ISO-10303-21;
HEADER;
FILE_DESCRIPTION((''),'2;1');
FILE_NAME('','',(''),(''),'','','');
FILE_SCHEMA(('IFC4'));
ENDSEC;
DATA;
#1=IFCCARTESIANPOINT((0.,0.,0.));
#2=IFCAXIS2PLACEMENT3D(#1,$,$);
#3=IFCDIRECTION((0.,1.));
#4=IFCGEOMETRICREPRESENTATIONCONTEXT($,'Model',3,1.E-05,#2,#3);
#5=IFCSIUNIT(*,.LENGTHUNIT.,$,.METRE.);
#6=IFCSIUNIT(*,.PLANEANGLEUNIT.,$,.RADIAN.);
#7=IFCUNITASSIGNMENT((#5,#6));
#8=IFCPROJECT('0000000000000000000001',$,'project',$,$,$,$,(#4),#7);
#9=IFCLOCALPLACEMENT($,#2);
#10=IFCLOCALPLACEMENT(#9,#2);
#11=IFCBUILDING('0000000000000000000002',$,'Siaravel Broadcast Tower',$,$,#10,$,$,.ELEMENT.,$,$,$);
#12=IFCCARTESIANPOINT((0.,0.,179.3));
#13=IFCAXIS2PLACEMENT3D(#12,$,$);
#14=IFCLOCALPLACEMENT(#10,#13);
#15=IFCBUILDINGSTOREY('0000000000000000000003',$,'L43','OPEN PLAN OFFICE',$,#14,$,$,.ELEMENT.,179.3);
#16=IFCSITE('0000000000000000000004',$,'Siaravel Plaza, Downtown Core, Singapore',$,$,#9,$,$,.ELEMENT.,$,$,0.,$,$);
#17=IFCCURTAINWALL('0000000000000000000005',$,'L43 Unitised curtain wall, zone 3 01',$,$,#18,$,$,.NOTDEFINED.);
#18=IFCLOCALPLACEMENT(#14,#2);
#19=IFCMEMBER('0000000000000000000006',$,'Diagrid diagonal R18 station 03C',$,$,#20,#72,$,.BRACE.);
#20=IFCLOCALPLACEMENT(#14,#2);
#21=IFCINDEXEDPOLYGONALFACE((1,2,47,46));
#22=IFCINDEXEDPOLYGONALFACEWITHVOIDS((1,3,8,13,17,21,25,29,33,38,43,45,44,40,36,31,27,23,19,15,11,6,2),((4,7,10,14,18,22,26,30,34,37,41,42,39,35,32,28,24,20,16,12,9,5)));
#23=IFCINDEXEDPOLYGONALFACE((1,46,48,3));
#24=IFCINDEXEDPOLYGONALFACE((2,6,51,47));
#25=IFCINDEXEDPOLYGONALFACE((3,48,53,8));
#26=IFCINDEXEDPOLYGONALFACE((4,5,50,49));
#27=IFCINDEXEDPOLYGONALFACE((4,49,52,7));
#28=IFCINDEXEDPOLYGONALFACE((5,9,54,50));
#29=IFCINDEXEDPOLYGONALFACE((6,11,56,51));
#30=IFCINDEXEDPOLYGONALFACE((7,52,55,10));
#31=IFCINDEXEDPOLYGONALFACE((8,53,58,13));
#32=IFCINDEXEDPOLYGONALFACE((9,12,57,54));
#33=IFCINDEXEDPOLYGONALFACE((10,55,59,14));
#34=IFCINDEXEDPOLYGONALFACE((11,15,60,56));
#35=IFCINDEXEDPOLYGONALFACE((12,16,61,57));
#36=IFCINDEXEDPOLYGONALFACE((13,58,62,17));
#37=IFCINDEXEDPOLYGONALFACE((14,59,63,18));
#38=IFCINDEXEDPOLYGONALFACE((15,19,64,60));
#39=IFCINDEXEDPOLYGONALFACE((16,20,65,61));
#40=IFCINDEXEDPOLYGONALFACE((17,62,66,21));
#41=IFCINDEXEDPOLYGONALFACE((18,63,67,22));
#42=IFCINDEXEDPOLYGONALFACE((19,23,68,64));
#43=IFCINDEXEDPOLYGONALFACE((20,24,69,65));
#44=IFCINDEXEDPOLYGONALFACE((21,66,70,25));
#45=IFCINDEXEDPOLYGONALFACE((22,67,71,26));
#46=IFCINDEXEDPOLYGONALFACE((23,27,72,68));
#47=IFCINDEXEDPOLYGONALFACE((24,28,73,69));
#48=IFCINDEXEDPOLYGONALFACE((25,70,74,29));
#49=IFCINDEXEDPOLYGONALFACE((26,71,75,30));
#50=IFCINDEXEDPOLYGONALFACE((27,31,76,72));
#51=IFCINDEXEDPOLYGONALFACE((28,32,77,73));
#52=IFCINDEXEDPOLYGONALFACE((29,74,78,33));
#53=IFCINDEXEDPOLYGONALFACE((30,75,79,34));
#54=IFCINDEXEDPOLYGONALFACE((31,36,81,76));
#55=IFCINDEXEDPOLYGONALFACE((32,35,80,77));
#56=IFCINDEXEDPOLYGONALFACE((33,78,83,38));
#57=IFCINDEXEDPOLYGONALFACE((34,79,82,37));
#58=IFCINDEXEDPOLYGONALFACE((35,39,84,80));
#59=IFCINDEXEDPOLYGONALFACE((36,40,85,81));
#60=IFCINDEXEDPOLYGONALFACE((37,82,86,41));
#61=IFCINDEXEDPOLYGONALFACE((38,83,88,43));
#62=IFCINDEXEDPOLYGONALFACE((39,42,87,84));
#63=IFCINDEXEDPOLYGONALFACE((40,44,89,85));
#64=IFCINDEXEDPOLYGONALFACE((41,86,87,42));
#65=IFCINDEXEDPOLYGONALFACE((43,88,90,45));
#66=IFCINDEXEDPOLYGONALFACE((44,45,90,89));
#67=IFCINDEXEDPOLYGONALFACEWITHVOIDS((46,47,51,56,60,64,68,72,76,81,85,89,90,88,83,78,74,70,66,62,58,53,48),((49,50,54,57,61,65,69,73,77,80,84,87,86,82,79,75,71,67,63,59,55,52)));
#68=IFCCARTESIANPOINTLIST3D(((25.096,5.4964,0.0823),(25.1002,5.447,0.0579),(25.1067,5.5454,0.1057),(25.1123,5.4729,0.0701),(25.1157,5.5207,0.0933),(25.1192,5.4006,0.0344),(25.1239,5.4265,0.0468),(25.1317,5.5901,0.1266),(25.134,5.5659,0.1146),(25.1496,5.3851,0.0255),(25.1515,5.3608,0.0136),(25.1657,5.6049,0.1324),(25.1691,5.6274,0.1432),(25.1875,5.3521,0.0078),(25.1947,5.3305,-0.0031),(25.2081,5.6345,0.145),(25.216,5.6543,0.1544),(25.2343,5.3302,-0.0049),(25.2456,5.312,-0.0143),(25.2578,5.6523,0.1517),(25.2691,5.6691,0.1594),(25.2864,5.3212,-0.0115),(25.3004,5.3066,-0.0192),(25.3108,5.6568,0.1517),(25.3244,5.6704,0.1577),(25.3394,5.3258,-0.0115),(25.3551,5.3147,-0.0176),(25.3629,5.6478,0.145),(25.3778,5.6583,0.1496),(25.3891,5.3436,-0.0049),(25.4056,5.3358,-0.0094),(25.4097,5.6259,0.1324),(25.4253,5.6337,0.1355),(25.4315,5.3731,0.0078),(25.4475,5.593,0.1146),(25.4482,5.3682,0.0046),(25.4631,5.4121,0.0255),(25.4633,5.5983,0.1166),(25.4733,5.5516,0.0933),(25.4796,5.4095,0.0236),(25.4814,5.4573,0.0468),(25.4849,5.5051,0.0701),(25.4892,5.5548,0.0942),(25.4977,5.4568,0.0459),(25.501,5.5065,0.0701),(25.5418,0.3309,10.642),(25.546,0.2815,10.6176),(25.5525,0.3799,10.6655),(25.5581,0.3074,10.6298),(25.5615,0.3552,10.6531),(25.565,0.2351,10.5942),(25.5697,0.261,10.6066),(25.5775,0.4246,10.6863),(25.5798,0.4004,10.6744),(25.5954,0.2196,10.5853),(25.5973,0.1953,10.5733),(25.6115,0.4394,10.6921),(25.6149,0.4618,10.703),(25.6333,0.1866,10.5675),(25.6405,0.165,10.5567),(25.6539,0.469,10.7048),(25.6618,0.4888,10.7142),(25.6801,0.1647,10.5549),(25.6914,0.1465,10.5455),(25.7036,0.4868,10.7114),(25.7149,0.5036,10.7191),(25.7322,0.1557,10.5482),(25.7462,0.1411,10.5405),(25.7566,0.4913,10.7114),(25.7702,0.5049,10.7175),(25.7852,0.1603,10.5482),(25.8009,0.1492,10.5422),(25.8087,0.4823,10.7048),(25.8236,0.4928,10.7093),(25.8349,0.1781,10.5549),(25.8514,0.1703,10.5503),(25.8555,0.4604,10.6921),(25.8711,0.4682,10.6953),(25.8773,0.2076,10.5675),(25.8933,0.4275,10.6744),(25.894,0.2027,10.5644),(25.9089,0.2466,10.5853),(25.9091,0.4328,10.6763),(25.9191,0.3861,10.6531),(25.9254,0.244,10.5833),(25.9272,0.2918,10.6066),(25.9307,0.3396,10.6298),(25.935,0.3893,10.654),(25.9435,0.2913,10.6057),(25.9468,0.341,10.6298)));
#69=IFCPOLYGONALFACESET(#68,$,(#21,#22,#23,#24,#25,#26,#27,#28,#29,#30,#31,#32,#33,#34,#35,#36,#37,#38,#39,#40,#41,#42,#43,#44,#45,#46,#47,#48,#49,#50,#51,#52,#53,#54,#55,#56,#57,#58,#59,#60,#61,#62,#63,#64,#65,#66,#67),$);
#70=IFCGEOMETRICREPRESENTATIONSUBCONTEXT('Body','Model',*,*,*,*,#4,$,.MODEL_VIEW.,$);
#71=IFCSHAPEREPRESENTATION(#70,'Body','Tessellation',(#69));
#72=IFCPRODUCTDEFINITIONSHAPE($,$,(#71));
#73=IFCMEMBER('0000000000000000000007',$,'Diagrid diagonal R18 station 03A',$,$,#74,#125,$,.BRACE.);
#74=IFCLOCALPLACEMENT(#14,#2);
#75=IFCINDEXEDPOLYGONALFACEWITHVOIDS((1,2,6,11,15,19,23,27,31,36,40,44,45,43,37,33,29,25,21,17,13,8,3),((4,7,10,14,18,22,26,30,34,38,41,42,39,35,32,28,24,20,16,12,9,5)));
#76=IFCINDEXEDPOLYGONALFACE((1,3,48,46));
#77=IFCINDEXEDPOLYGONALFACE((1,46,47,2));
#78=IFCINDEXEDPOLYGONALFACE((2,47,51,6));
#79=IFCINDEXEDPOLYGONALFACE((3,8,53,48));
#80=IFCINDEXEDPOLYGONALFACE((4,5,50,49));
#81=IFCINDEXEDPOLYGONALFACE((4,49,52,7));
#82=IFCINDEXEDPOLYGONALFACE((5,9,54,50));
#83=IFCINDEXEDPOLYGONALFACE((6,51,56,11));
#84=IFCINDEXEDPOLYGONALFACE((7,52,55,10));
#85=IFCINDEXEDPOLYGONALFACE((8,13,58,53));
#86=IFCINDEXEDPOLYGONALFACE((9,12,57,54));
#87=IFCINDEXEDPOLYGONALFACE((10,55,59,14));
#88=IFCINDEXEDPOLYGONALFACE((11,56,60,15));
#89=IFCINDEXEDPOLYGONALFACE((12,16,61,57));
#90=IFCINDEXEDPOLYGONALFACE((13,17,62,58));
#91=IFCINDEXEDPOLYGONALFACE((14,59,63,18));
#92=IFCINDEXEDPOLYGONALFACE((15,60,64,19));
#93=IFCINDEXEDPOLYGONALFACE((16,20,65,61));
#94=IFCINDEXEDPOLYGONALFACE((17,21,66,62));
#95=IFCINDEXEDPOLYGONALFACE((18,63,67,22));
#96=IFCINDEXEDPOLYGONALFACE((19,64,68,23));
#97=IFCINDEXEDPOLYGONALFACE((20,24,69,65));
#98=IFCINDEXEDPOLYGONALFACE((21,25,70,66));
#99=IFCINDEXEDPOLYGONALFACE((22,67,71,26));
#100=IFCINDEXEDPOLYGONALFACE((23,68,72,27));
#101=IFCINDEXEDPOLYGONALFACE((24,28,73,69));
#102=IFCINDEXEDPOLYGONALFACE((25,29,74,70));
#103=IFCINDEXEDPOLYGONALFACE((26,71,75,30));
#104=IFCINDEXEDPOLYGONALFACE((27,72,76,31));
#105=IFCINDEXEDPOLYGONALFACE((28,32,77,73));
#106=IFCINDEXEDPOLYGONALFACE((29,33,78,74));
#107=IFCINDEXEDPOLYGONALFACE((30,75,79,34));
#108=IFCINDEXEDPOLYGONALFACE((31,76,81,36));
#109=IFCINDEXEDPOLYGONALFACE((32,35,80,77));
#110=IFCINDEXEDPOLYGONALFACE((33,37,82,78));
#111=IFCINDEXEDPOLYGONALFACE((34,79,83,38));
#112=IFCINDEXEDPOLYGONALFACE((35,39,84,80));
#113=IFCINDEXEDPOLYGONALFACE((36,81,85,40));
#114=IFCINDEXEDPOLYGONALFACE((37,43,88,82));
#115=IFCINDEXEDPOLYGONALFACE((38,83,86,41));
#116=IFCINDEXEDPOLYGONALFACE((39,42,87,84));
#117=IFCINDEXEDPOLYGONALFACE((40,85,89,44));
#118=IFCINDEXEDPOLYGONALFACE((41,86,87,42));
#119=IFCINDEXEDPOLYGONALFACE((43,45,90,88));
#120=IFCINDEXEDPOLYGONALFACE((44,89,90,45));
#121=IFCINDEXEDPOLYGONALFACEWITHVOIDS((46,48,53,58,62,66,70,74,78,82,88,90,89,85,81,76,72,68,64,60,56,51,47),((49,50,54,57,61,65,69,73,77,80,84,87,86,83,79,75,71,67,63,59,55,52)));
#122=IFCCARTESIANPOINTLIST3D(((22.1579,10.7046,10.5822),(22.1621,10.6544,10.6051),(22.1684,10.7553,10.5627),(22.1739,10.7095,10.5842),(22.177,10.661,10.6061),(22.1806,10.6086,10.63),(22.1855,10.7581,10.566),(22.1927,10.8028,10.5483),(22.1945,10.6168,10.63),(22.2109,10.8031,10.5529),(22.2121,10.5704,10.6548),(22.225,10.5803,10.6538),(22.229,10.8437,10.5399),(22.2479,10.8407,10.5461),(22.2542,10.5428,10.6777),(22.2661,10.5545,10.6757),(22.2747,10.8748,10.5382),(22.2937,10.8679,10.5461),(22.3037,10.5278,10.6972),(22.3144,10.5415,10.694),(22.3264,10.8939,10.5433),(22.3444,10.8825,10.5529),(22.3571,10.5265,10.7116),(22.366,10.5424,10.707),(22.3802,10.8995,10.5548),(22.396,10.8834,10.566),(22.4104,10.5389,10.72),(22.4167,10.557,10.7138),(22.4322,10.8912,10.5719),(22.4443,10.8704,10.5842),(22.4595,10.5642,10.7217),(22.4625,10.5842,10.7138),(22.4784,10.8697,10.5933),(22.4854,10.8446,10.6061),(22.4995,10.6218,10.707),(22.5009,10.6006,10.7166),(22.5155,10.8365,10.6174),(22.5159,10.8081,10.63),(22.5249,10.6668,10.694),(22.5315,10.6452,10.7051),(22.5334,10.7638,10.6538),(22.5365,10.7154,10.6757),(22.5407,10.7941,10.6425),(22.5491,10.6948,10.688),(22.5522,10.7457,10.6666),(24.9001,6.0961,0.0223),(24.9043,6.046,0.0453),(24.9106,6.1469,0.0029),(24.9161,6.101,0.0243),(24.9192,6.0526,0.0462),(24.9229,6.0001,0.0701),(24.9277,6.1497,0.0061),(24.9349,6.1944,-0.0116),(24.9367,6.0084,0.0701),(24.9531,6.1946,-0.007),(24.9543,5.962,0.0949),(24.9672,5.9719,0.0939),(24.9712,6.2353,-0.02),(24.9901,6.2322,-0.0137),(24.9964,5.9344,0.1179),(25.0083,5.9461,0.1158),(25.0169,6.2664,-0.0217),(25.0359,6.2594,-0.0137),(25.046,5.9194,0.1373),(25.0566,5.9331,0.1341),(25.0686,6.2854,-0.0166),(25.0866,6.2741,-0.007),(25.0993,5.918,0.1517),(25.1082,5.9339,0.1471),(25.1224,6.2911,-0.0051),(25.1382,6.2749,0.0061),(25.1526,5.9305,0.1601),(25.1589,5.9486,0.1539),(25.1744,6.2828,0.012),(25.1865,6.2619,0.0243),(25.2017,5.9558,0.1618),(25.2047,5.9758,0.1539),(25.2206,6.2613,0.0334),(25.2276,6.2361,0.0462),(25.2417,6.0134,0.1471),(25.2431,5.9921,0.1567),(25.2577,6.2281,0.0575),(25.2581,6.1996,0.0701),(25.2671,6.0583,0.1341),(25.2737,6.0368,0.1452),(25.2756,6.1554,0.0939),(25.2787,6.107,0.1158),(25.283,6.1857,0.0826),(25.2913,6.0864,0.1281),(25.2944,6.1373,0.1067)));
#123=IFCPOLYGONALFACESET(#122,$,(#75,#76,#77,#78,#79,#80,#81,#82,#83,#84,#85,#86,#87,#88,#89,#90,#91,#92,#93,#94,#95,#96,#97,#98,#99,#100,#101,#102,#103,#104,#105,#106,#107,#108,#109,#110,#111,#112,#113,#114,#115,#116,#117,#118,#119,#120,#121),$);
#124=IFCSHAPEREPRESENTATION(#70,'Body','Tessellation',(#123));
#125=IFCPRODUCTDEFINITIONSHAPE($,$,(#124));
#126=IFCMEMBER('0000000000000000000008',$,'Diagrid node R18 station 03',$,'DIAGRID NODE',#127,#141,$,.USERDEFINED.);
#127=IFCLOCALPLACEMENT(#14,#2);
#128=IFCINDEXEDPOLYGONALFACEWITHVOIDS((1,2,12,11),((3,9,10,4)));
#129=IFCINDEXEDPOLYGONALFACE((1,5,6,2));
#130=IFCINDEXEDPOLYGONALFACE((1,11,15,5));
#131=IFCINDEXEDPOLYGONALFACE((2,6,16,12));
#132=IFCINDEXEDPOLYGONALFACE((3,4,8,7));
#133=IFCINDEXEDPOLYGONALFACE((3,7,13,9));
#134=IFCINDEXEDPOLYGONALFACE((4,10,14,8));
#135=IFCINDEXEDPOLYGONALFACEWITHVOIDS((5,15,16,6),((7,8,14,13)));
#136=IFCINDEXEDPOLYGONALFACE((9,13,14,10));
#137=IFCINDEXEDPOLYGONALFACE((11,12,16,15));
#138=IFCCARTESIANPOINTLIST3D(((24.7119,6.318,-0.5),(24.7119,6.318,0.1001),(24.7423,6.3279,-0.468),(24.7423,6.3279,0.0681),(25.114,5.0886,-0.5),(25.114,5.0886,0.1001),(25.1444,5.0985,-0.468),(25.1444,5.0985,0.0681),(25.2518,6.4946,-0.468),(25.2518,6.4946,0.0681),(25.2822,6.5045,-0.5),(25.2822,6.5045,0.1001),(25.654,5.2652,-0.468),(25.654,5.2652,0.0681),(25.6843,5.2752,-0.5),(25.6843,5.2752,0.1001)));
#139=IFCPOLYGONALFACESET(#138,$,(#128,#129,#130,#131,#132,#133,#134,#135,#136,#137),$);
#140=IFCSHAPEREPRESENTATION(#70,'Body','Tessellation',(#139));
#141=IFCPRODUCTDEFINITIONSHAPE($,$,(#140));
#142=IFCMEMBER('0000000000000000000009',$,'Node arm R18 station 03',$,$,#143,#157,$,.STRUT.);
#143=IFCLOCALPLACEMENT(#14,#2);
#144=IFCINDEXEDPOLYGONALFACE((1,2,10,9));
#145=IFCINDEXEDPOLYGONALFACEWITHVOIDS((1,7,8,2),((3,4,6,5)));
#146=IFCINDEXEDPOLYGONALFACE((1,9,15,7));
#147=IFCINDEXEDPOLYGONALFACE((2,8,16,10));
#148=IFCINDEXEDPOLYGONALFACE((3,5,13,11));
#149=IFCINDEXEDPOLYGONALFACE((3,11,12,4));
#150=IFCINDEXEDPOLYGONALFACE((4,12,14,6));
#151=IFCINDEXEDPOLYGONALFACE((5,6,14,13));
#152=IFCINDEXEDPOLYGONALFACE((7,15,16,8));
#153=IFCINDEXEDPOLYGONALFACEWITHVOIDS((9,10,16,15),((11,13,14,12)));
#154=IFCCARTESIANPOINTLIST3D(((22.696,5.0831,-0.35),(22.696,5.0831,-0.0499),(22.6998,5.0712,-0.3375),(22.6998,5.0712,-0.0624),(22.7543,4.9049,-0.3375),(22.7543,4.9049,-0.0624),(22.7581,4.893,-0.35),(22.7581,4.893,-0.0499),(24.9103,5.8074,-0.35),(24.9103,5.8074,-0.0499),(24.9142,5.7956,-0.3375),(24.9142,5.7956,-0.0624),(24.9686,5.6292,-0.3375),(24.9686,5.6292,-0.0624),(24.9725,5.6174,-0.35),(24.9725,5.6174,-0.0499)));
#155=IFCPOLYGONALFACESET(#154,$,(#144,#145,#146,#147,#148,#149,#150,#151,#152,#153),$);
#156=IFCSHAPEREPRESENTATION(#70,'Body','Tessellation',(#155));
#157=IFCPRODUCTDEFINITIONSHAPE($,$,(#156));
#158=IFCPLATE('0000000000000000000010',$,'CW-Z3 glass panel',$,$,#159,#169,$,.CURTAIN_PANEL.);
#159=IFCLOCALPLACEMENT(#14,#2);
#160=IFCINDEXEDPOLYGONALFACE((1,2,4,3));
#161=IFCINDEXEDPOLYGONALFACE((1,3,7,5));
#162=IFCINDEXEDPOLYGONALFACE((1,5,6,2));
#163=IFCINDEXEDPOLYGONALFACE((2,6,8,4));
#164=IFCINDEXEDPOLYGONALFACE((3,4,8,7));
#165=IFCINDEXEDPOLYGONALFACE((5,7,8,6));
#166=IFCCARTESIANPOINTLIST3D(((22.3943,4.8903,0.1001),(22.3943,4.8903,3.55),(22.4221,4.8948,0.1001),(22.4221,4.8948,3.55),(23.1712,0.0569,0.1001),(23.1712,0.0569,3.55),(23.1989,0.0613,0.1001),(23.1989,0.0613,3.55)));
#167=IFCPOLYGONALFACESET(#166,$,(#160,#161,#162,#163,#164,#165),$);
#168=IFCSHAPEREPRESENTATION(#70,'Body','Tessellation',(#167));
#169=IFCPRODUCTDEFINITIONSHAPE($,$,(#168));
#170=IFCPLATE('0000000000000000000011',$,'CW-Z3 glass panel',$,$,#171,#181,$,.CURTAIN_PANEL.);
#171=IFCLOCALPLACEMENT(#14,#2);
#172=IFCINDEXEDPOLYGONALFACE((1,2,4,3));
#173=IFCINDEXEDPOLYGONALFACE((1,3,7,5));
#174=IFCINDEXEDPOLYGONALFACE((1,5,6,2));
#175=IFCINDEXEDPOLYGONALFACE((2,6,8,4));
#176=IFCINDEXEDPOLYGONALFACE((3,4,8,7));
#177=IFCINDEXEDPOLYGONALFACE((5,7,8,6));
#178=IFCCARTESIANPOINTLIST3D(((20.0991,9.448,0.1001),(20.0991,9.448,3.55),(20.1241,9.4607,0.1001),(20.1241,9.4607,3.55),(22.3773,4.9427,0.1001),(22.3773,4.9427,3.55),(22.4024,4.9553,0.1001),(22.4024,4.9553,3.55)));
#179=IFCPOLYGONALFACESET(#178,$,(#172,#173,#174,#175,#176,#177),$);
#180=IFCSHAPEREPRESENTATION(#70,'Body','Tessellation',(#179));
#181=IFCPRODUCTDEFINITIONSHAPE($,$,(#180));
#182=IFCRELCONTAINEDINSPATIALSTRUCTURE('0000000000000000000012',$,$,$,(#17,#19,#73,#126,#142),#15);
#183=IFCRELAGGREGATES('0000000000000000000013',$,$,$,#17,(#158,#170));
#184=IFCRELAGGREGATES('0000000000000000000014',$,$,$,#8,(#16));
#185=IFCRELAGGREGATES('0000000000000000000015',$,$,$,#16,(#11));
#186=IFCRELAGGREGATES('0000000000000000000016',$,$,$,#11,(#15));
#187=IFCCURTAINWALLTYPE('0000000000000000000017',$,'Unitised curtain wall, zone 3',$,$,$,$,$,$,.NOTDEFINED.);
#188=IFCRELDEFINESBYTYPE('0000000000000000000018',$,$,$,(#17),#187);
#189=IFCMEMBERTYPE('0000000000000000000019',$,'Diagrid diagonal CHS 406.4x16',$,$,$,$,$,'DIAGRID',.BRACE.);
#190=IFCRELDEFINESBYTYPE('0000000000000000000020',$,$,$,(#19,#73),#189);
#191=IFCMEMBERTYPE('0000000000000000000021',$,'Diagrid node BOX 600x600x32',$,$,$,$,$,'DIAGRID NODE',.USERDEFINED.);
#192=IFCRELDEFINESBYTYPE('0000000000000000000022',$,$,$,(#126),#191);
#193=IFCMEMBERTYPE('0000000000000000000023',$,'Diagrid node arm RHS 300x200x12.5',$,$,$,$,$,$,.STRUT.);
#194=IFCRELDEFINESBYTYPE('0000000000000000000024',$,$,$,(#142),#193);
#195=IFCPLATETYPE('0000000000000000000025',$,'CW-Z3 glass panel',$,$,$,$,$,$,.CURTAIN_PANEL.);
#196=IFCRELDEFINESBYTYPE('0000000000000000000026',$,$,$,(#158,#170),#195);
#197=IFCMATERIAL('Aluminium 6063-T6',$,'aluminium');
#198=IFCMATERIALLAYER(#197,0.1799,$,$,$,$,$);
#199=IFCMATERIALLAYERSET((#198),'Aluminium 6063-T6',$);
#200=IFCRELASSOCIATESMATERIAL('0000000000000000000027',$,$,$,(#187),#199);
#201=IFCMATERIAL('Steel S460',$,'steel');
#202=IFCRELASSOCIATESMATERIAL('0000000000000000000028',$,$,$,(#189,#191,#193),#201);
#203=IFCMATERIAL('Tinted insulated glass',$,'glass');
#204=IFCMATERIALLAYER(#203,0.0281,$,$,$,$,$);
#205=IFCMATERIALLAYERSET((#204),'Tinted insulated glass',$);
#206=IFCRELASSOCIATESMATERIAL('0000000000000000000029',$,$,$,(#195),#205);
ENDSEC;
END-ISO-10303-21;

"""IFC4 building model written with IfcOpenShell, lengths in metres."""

from ifc_helpers import new_model, si_unit, direction, frame, origin, origin_2d, place, context, subcontext, project, spatial, rectangle, hollow_rectangle, hollow_circle, extrude, material, layer, layer_set, material_profile, profile_set, type_object, element, aggregate, save


model = new_model("IFC4")

# Units and contexts
model_context = context("Model", 3, precision=1e-05, world=origin(), true_north=direction((0.0, 1.0)))
body_context = subcontext(model_context, "Body", "Model", "MODEL_VIEW")
ifc_project = project(units=[si_unit("LENGTHUNIT", "METRE"), si_unit("PLANEANGLEUNIT", "RADIAN")], contexts=[model_context])

# Site, building, storey
site_placement = place(None, origin())
site = spatial("IfcSite", under=ifc_project, at=site_placement, Name="Siaravel Plaza, Downtown Core, Singapore", CompositionType="ELEMENT", RefElevation=0.0)
building_placement = place(site_placement, origin())
building = spatial("IfcBuilding", under=site, at=building_placement, Name="Siaravel Broadcast Tower", CompositionType="ELEMENT")
storey_placement = place(building_placement, frame((0.0, 0.0, 179.3)))
storey = spatial("IfcBuildingStorey", under=building, at=storey_placement, Name="L43", Description="OPEN PLAN OFFICE", CompositionType="ELEMENT", Elevation=179.3)

# Curtain wall
ifc_material_1 = material(Name="Aluminium 6063-T6", Category="aluminium")
ifc_layer_1 = layer(ifc_material_1, 0.1799)
ifc_layer_set_1 = layer_set([ifc_layer_1], Name="Aluminium 6063-T6")
curtain_wall_type = type_object("IfcCurtainWallType", Name="Unitised curtain wall, zone 3", PredefinedType="NOTDEFINED", material=ifc_layer_set_1)
curtain_wall_placement = place(storey_placement, origin())
curtain_wall = element("IfcCurtainWall", 1, at=curtain_wall_placement, inside=storey, type_object=curtain_wall_type, Name="L43 Unitised curtain wall, zone 3 01", PredefinedType="NOTDEFINED")

# Members
ifc_material_2 = material(Name="Steel S460", Category="steel")
ifc_material_profile_1 = material_profile(ifc_material_2, hollow_circle(Radius=0.2031, WallThickness=0.0161, at=origin_2d()))
ifc_profile_set_1 = profile_set([ifc_material_profile_1], Name="Steel S460")
member_type_1 = type_object("IfcMemberType", Name="Diagrid diagonal CHS 406.4x16", ElementType="DIAGRID", PredefinedType="BRACE", material=ifc_profile_set_1)
member_1_placement = place(storey_placement, frame((25.2986, 5.489, 0.0701), z_axis=(0.037895, -0.439097, 0.89764), x_axis=(0.996297, 0.085983, 0.0)))
element("IfcMember", 2, at=member_1_placement, inside=storey, type_object=member_type_1, Name="Diagrid diagonal R18 station 03C", PredefinedType="BRACE", context=body_context, shape_type="SweptSolid", body=[
    extrude(hollow_circle(Radius=0.2031, WallThickness=0.0161, at=origin_2d()), origin(), (0.0, 0.0, 1.0), 11.7639),
])
member_2_placement = place(storey_placement, frame((25.0974, 6.104, 0.0701), z_axis=(-0.231537, 0.38911, 0.891619), x_axis=(-0.859367, -0.511359, 0.0)))
element("IfcMember", 3, at=member_2_placement, inside=storey, type_object=member_type_1, Name="Diagrid diagonal R18 station 03A", PredefinedType="BRACE", context=body_context, shape_type="SweptSolid", body=[
    extrude(hollow_circle(Radius=0.2031, WallThickness=0.0161, at=origin_2d()), origin(), (0.0, 0.0, 1.0), 11.8435),
])
ifc_material_profile_2 = material_profile(ifc_material_2, hollow_rectangle(XDim=0.6001, YDim=0.6001, WallThickness=0.032, at=origin_2d()))
ifc_profile_set_2 = profile_set([ifc_material_profile_2], Name="Steel S460")
member_type_2 = type_object("IfcMemberType", Name="Diagrid node BOX 600x600x32", ElementType="DIAGRID NODE", PredefinedType="USERDEFINED", material=ifc_profile_set_2)
member_3_placement = place(storey_placement, frame((25.3992, 5.1819, -0.2), z_axis=(-0.3109, 0.950443, 0.0), x_axis=(-0.950443, -0.3109, 0.0)))
element("IfcMember", 4, at=member_3_placement, inside=storey, type_object=member_type_2, Name="Diagrid node R18 station 03", ObjectType="DIAGRID NODE", PredefinedType="USERDEFINED", context=body_context, shape_type="SweptSolid", body=[
    extrude(hollow_rectangle(XDim=0.6001, YDim=0.6001, WallThickness=0.032, at=origin_2d()), origin(), (0.0, 0.0, 1.0), 1.2935),
])
ifc_material_profile_3 = material_profile(ifc_material_2, hollow_rectangle(XDim=0.2, YDim=0.3, WallThickness=0.0125, at=origin_2d()))
ifc_profile_set_3 = profile_set([ifc_material_profile_3], Name="Steel S460")
member_type_3 = type_object("IfcMemberType", Name="Diagrid node arm RHS 300x200x12.5", PredefinedType="STRUT", material=ifc_profile_set_3)
member_4_placement = place(storey_placement, frame((22.7271, 4.988, -0.2), z_axis=(0.950439, 0.31091, 0.0), x_axis=(-0.31091, 0.950439, 0.0)))
element("IfcMember", 5, at=member_4_placement, inside=storey, type_object=member_type_3, Name="Node arm R18 station 03", PredefinedType="STRUT", context=body_context, shape_type="SweptSolid", body=[
    extrude(hollow_rectangle(XDim=0.2, YDim=0.3, WallThickness=0.0125, at=origin_2d()), origin(), (0.0, 0.0, 1.0), 2.3298),
])

# Plates
ifc_material_3 = material(Name="Tinted insulated glass", Category="glass")
ifc_layer_2 = layer(ifc_material_3, 0.0281)
ifc_layer_set_2 = layer_set([ifc_layer_2], Name="Tinted insulated glass")
plate_type = type_object("IfcPlateType", Name="CW-Z3 glass panel", PredefinedType="CURTAIN_PANEL", material=ifc_layer_set_2)
plate_1_placement = place(storey_placement, frame((22.7966, 2.4758, 0.1001), z_axis=(0.0, 0.0, 1.0), x_axis=(-0.158686, 0.987329, 0.0)))
plate_1 = element("IfcPlate", 6, at=plate_1_placement, type_object=plate_type, Name="CW-Z3 glass panel", PredefinedType="CURTAIN_PANEL", context=body_context, shape_type="SweptSolid", body=[
    extrude(rectangle(XDim=4.8955, YDim=0.0281, at=origin_2d()), origin(), (0.0, 0.0, 1.0), 3.45),
])
plate_2_placement = place(storey_placement, frame((21.2507, 7.2017, 0.1001), z_axis=(0.0, 0.0, 1.0), x_axis=(-0.451261, 0.892392, 0.0)))
plate_2 = element("IfcPlate", 7, at=plate_2_placement, type_object=plate_type, Name="CW-Z3 glass panel", PredefinedType="CURTAIN_PANEL", context=body_context, shape_type="SweptSolid", body=[
    extrude(rectangle(XDim=5.0486, YDim=0.0281, at=origin_2d()), origin(), (0.0, 0.0, 1.0), 3.45),
])
aggregate(curtain_wall, [plate_1, plate_2])

save(model, "model.ifc")
